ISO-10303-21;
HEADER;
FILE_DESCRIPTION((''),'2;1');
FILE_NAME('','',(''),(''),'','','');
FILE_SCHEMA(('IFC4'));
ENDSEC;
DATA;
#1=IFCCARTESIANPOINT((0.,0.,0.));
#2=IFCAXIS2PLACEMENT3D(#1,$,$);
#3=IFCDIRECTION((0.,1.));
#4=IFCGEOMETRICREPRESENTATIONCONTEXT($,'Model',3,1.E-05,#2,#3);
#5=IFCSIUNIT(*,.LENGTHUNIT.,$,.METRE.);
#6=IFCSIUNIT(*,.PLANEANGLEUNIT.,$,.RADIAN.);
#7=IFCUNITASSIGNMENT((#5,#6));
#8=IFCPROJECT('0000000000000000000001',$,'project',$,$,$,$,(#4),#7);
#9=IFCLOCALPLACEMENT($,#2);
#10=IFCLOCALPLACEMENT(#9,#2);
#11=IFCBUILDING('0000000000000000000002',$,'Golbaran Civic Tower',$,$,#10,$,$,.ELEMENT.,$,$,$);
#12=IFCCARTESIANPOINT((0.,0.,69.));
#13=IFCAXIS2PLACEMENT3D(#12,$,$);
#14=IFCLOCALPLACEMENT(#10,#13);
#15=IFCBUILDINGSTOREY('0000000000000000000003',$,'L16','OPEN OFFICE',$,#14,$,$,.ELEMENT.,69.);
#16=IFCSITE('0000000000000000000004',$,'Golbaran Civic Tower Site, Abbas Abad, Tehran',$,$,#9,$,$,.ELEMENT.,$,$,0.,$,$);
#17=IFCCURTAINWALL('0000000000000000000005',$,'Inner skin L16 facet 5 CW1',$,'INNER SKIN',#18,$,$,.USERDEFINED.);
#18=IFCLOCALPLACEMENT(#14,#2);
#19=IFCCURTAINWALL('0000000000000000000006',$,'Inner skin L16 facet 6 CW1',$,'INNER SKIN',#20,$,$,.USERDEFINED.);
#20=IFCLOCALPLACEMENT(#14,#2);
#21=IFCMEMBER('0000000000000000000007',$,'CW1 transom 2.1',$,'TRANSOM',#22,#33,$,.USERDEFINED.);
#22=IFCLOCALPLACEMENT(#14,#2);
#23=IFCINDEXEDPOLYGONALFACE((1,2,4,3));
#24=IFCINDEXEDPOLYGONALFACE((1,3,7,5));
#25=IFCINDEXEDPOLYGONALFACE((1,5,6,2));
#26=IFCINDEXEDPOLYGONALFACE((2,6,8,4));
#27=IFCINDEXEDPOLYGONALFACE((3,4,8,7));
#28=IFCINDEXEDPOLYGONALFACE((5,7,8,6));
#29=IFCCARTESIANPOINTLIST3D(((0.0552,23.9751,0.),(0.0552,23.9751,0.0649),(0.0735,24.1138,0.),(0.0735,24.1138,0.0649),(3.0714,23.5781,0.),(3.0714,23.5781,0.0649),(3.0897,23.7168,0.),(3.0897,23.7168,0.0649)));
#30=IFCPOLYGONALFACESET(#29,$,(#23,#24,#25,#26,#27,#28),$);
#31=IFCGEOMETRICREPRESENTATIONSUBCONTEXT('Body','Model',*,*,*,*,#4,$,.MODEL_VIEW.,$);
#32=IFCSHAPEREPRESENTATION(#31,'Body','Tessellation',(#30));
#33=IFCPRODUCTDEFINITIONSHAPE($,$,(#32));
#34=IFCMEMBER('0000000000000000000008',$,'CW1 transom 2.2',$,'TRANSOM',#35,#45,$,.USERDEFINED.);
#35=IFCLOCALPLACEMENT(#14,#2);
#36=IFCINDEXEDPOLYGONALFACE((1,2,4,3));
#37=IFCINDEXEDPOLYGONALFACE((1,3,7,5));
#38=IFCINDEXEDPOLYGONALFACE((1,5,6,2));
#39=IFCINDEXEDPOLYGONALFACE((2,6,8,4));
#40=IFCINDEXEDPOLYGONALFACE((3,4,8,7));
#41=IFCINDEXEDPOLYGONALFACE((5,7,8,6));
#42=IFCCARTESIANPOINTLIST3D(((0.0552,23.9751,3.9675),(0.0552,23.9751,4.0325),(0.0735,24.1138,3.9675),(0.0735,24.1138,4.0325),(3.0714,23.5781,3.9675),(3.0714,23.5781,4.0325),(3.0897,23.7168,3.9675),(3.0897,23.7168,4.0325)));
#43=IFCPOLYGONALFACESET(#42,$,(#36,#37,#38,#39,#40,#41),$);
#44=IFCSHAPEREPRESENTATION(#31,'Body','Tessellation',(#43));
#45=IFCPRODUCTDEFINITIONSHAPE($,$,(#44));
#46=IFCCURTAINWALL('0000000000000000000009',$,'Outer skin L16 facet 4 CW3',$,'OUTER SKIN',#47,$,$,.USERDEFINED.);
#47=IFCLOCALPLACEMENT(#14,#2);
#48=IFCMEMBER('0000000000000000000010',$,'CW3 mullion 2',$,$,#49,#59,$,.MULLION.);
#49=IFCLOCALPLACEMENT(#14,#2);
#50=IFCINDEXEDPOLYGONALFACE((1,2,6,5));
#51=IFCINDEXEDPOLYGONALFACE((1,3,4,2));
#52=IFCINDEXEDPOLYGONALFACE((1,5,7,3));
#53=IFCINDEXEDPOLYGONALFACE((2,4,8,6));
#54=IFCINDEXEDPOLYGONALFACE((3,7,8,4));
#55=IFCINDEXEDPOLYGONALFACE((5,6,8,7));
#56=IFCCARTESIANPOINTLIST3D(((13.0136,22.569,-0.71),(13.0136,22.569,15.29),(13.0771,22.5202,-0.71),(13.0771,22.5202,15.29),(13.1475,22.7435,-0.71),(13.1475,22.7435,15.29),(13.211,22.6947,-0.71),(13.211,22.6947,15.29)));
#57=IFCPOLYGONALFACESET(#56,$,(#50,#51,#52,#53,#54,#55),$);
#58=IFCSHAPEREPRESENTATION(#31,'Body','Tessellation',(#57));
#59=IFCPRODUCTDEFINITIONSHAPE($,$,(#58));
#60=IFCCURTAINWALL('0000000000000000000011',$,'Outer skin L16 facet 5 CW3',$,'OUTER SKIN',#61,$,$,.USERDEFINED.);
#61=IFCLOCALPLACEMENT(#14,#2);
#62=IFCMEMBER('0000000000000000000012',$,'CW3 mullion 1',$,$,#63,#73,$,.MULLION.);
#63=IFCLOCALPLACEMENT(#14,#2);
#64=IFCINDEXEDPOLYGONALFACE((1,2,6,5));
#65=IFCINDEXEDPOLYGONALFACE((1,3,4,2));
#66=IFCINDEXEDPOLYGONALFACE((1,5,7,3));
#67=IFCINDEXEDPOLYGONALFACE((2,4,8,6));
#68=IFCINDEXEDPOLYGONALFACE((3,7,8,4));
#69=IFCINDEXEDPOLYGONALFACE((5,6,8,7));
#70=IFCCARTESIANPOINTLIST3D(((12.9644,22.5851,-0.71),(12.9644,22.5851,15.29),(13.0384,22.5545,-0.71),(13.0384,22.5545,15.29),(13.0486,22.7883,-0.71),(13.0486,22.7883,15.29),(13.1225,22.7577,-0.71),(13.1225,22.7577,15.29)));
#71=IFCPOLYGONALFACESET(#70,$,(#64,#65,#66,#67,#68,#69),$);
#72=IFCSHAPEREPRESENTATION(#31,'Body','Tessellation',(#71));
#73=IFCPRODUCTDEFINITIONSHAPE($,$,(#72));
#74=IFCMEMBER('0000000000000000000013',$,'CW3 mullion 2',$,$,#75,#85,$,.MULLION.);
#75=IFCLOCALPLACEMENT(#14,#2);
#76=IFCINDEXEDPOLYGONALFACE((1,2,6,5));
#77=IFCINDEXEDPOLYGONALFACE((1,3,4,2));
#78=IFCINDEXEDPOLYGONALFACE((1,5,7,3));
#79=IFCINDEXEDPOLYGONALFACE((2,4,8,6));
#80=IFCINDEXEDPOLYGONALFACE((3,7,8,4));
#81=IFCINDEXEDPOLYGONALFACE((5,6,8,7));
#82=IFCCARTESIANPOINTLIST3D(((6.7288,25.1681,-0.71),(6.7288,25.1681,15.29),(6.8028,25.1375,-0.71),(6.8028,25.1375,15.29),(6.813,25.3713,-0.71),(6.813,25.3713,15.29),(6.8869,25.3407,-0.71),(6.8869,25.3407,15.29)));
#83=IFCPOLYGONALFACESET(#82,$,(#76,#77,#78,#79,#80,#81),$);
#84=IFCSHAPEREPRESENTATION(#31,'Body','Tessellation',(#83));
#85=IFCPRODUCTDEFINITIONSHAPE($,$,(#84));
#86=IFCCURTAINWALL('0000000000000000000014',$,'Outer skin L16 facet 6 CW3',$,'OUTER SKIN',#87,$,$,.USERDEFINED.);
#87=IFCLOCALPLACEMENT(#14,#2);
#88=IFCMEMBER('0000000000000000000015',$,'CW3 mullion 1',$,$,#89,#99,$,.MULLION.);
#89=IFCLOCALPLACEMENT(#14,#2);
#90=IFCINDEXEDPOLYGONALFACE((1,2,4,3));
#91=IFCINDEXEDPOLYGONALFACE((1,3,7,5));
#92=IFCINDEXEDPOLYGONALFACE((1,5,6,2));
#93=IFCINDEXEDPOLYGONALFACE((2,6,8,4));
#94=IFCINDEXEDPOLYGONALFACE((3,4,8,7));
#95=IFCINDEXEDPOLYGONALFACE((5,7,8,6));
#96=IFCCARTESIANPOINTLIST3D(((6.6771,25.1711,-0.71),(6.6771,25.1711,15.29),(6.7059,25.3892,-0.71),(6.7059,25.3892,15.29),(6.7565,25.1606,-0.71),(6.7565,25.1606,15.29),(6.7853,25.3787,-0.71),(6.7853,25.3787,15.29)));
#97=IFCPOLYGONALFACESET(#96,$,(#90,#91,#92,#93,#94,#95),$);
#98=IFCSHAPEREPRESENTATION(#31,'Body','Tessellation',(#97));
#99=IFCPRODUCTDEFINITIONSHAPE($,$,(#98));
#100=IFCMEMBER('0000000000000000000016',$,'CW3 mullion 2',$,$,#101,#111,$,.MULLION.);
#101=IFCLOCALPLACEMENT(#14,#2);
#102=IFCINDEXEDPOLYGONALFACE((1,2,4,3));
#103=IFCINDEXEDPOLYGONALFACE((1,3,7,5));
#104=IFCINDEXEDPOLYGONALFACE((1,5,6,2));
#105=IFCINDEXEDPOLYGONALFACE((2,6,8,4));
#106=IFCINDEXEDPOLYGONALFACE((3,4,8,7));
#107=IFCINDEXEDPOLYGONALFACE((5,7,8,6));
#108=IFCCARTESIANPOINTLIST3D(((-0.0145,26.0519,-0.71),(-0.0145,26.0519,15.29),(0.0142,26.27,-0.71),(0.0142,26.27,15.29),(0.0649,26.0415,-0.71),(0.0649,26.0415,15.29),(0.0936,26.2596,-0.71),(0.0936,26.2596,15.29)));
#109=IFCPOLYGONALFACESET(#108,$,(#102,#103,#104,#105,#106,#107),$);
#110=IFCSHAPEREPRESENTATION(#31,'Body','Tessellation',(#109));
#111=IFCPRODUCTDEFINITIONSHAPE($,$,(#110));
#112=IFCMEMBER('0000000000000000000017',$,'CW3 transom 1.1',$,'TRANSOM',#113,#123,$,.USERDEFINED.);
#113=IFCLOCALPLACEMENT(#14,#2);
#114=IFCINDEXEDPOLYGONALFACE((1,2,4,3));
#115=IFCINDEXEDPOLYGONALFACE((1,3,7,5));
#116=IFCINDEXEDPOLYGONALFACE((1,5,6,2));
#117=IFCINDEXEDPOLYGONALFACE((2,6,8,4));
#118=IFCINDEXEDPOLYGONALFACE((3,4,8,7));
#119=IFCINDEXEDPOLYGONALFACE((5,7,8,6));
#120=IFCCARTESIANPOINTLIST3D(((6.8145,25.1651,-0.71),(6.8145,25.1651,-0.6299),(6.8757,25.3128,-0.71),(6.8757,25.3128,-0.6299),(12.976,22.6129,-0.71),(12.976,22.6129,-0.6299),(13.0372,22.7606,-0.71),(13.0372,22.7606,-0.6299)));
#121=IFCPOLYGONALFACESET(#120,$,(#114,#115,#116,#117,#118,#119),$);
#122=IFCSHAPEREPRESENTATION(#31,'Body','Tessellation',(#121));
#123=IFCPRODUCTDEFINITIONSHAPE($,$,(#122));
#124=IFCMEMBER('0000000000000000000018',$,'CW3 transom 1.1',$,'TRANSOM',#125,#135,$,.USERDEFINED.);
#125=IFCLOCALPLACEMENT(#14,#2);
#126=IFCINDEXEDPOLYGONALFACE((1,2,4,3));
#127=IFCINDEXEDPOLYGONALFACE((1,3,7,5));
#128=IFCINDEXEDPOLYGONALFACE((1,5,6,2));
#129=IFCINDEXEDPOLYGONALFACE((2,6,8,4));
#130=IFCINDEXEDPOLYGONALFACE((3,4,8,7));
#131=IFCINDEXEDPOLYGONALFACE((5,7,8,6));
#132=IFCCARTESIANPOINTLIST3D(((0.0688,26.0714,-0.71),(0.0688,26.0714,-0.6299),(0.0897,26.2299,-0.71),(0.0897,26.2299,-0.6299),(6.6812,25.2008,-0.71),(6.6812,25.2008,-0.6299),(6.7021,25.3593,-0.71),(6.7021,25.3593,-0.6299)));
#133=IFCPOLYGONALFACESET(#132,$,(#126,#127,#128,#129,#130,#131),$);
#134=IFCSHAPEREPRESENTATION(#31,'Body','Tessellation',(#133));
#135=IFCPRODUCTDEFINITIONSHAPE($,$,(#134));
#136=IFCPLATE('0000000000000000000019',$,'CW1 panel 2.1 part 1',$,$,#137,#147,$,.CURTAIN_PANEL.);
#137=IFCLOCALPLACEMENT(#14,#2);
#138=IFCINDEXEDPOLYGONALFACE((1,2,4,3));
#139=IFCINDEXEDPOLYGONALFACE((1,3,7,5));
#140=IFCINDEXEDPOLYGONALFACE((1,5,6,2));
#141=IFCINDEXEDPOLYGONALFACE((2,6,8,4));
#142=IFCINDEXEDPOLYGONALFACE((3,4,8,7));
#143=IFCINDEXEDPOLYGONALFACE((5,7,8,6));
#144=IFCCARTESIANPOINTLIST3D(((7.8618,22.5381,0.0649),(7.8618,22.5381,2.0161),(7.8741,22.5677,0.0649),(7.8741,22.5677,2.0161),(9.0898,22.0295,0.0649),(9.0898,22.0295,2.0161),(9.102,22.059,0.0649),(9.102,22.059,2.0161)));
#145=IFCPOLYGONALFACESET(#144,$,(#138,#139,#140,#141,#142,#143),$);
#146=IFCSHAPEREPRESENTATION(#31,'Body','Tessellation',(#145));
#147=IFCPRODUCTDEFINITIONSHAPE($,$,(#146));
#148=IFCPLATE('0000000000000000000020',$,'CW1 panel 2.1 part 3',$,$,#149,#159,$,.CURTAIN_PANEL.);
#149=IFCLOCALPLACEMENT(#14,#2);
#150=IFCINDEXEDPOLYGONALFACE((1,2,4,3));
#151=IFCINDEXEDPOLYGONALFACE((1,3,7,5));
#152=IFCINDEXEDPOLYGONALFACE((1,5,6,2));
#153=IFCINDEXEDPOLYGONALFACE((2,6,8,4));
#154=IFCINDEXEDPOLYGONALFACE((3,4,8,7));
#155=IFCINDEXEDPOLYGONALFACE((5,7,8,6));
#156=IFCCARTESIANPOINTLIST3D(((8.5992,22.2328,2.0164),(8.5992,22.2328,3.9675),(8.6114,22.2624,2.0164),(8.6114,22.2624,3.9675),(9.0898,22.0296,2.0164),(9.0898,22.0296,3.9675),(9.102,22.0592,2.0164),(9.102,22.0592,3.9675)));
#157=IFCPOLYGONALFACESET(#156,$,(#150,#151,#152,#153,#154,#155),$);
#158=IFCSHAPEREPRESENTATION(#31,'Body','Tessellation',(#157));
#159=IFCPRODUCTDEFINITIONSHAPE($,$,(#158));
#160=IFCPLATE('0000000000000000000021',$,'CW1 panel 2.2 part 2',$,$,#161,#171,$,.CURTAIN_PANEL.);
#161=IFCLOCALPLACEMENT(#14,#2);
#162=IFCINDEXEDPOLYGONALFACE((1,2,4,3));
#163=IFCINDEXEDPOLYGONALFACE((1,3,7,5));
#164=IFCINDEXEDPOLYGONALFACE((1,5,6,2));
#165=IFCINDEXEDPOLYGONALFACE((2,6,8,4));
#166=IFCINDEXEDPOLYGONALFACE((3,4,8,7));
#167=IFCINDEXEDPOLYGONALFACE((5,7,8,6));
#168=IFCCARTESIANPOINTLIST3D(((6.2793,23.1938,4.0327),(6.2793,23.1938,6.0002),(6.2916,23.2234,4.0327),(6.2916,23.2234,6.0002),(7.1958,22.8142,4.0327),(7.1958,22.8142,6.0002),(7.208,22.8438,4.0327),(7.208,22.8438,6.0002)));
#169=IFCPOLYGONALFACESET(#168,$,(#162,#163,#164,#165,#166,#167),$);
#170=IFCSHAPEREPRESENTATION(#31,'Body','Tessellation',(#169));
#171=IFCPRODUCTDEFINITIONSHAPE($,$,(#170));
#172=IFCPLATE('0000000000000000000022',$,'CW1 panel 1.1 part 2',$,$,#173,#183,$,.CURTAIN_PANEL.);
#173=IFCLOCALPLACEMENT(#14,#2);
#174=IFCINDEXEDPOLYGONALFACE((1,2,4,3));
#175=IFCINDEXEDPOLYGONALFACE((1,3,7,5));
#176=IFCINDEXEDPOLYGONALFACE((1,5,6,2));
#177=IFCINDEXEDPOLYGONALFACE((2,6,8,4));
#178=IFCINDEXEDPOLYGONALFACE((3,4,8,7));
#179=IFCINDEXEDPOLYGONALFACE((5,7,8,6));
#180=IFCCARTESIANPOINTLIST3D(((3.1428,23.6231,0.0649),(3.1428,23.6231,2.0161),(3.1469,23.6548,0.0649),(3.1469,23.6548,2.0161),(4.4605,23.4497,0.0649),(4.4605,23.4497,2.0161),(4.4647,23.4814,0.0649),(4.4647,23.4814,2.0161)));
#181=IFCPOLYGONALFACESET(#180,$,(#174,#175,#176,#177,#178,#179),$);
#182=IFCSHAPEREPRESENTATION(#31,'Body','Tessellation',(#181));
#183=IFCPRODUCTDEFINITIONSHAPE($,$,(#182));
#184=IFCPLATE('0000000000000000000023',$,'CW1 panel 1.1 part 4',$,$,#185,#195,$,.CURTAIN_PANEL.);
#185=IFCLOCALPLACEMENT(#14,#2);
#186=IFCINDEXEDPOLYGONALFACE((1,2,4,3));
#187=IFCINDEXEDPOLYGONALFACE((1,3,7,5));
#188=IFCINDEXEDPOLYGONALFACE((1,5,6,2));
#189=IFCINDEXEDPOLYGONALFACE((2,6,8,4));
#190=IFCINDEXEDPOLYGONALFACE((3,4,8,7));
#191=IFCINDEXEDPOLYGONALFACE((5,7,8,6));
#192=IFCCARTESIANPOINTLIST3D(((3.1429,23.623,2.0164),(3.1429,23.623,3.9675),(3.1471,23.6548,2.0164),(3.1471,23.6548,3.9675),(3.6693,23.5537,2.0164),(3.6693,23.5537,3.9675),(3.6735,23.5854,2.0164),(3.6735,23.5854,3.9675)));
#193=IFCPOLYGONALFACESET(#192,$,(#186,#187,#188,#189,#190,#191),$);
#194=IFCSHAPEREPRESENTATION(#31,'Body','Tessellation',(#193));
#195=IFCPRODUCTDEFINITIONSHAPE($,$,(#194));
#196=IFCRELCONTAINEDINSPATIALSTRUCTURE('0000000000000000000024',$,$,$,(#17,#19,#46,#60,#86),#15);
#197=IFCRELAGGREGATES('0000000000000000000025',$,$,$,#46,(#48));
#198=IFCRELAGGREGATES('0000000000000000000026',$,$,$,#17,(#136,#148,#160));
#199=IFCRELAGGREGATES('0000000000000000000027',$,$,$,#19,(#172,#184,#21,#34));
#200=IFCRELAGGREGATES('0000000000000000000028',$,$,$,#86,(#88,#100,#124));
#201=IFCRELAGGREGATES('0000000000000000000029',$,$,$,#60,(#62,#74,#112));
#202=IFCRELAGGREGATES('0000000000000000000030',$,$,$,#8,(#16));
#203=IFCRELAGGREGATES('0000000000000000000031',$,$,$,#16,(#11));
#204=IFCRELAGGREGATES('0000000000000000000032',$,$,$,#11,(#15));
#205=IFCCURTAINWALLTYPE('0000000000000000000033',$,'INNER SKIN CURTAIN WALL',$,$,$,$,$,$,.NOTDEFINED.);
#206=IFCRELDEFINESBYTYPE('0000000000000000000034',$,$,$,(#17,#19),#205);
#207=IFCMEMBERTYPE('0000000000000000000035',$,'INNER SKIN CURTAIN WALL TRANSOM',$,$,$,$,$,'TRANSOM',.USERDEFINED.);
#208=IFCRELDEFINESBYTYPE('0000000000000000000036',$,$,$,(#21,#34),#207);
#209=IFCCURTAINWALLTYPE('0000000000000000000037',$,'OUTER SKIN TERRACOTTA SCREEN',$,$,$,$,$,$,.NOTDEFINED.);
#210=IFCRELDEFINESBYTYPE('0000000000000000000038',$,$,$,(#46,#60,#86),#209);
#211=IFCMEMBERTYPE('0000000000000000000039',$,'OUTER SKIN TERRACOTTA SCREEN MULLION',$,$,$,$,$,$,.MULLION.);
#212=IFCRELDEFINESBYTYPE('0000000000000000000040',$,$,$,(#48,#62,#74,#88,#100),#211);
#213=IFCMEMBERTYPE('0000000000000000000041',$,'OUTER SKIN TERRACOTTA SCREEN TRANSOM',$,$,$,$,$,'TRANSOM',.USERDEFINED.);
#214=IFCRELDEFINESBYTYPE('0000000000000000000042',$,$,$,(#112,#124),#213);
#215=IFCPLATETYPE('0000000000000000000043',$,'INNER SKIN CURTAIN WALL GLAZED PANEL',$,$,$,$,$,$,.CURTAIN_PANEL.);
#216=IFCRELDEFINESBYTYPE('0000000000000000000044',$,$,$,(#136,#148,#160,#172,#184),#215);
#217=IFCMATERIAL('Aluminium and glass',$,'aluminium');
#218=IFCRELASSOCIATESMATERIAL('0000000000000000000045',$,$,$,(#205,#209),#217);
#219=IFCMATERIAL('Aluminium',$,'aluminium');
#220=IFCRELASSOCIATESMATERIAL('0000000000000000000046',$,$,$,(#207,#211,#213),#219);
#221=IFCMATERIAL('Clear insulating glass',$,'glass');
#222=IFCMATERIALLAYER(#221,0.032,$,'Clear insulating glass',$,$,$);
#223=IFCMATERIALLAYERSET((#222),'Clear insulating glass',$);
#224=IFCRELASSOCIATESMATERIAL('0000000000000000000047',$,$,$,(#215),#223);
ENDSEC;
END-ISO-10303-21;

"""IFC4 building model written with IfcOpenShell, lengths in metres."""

from ifc_helpers import new_model, si_unit, direction, frame, origin, origin_2d, place, context, subcontext, project, spatial, rectangle, extrude, material, layer, layer_set, material_profile, profile_set, type_object, element, aggregate, save


model = new_model("IFC4")

# Units and contexts
model_context = context("Model", 3, precision=1e-05, world=origin(), true_north=direction((0.0, 1.0)))
body_context = subcontext(model_context, "Body", "Model", "MODEL_VIEW")
ifc_project = project(units=[si_unit("LENGTHUNIT", "METRE"), si_unit("PLANEANGLEUNIT", "RADIAN")], contexts=[model_context])

# Site, building, storey
site_placement = place(None, origin())
site = spatial("IfcSite", under=ifc_project, at=site_placement, Name="Golbaran Civic Tower Site, Abbas Abad, Tehran", CompositionType="ELEMENT", RefElevation=0.0)
building_placement = place(site_placement, origin())
building = spatial("IfcBuilding", under=site, at=building_placement, Name="Golbaran Civic Tower", CompositionType="ELEMENT")
storey_placement = place(building_placement, frame((0.0, 0.0, 69.0)))
storey = spatial("IfcBuildingStorey", under=building, at=storey_placement, Name="L16", Description="OPEN OFFICE", CompositionType="ELEMENT", Elevation=69.0)

# Curtain wall
ifc_material_1 = material(Name="Aluminium and glass", Category="aluminium")
curtain_wall_type_1 = type_object("IfcCurtainWallType", Name="INNER SKIN CURTAIN WALL", PredefinedType="NOTDEFINED", material=ifc_material_1)
curtain_wall_1_placement = place(storey_placement, origin())
curtain_wall_1 = element("IfcCurtainWall", 1, at=curtain_wall_1_placement, inside=storey, type_object=curtain_wall_type_1, Name="Inner skin L16 facet 5 CW1", ObjectType="INNER SKIN", PredefinedType="USERDEFINED")
ifc_material_2 = material(Name="Aluminium", Category="aluminium")

# Curtain wall, members
curtain_wall_2_placement = place(storey_placement, origin())
curtain_wall_2 = element("IfcCurtainWall", 2, at=curtain_wall_2_placement, inside=storey, type_object=curtain_wall_type_1, Name="Inner skin L16 facet 6 CW1", ObjectType="INNER SKIN", PredefinedType="USERDEFINED")
ifc_material_profile_1 = material_profile(ifc_material_2, rectangle(XDim=0.1399, YDim=0.0649, at=origin_2d()), Name="INNER SKIN CURTAIN WALL TRANSOM")
ifc_profile_set_1 = profile_set([ifc_material_profile_1], Name="Aluminium")
member_type_1 = type_object("IfcMemberType", Name="INNER SKIN CURTAIN WALL TRANSOM", ElementType="TRANSOM", PredefinedType="USERDEFINED", material=ifc_profile_set_1)
member_1_placement = place(storey_placement, frame((3.0806, 23.6475, 0.0325), z_axis=(-0.991449, 0.130492, 0.0), x_axis=(-0.130492, -0.991449, 0.0)))
member_1 = element("IfcMember", 3, at=member_1_placement, type_object=member_type_1, Name="CW1 transom 2.1", ObjectType="TRANSOM", PredefinedType="USERDEFINED", context=body_context, shape_type="SweptSolid", body=[
    extrude(rectangle(XDim=0.1399, YDim=0.0649, at=origin_2d()), origin(), (0.0, 0.0, 1.0), 3.0422),
])
member_2_placement = place(storey_placement, frame((3.0806, 23.6475, 4.0), z_axis=(-0.991449, 0.130492, 0.0), x_axis=(-0.130492, -0.991449, 0.0)))
member_2 = element("IfcMember", 4, at=member_2_placement, type_object=member_type_1, Name="CW1 transom 2.2", ObjectType="TRANSOM", PredefinedType="USERDEFINED", context=body_context, shape_type="SweptSolid", body=[
    extrude(rectangle(XDim=0.1399, YDim=0.0649, at=origin_2d()), origin(), (0.0, 0.0, 1.0), 3.0422),
])

# Curtain wall, member
curtain_wall_type_2 = type_object("IfcCurtainWallType", Name="OUTER SKIN TERRACOTTA SCREEN", PredefinedType="NOTDEFINED", material=ifc_material_1)
curtain_wall_3_placement = place(storey_placement, origin())
curtain_wall_3 = element("IfcCurtainWall", 5, at=curtain_wall_3_placement, inside=storey, type_object=curtain_wall_type_2, Name="Outer skin L16 facet 4 CW3", ObjectType="OUTER SKIN", PredefinedType="USERDEFINED")
ifc_material_profile_2 = material_profile(ifc_material_2, rectangle(XDim=0.22, YDim=0.0801, at=origin_2d()), Name="OUTER SKIN TERRACOTTA SCREEN MULLION")
ifc_profile_set_2 = profile_set([ifc_material_profile_2], Name="Aluminium")
member_type_2 = type_object("IfcMemberType", Name="OUTER SKIN TERRACOTTA SCREEN MULLION", PredefinedType="MULLION", material=ifc_profile_set_2)
member_3_placement = place(storey_placement, frame((13.1123, 22.6318, -0.71), z_axis=(0.0, 0.0, 1.0), x_axis=(-0.608761, -0.793353, 0.0)))
member_3 = element("IfcMember", 6, at=member_3_placement, type_object=member_type_2, Name="CW3 mullion 2", PredefinedType="MULLION", context=body_context, shape_type="SweptSolid", body=[
    extrude(rectangle(XDim=0.22, YDim=0.0801, at=origin_2d()), origin(), (0.0, 0.0, 1.0), 16.0),
])
aggregate(curtain_wall_3, [member_3])

# Curtain walls, members
curtain_wall_4_placement = place(storey_placement, origin())
curtain_wall_4 = element("IfcCurtainWall", 7, at=curtain_wall_4_placement, inside=storey, type_object=curtain_wall_type_2, Name="Outer skin L16 facet 5 CW3", ObjectType="OUTER SKIN", PredefinedType="USERDEFINED")
member_4_placement = place(storey_placement, frame((13.0435, 22.6714, -0.71), z_axis=(0.0, 0.0, 1.0), x_axis=(-0.382683, -0.92388, 0.0)))
member_4 = element("IfcMember", 8, at=member_4_placement, type_object=member_type_2, Name="CW3 mullion 1", PredefinedType="MULLION", context=body_context, shape_type="SweptSolid", body=[
    extrude(rectangle(XDim=0.22, YDim=0.0801, at=origin_2d()), origin(), (0.0, 0.0, 1.0), 16.0),
])
member_5_placement = place(storey_placement, frame((6.8079, 25.2544, -0.71), z_axis=(0.0, 0.0, 1.0), x_axis=(-0.382683, -0.92388, 0.0)))
member_5 = element("IfcMember", 9, at=member_5_placement, type_object=member_type_2, Name="CW3 mullion 2", PredefinedType="MULLION", context=body_context, shape_type="SweptSolid", body=[
    extrude(rectangle(XDim=0.22, YDim=0.0801, at=origin_2d()), origin(), (0.0, 0.0, 1.0), 16.0),
])
curtain_wall_5_placement = place(storey_placement, origin())
curtain_wall_5 = element("IfcCurtainWall", 10, at=curtain_wall_5_placement, inside=storey, type_object=curtain_wall_type_2, Name="Outer skin L16 facet 6 CW3", ObjectType="OUTER SKIN", PredefinedType="USERDEFINED")
member_6_placement = place(storey_placement, frame((6.7312, 25.2749, -0.71), z_axis=(0.0, 0.0, 1.0), x_axis=(-0.130526, -0.991445, 0.0)))
member_6 = element("IfcMember", 11, at=member_6_placement, type_object=member_type_2, Name="CW3 mullion 1", PredefinedType="MULLION", context=body_context, shape_type="SweptSolid", body=[
    extrude(rectangle(XDim=0.22, YDim=0.0801, at=origin_2d()), origin(), (0.0, 0.0, 1.0), 16.0),
])
member_7_placement = place(storey_placement, frame((0.0396, 26.1558, -0.71), z_axis=(0.0, 0.0, 1.0), x_axis=(-0.130526, -0.991445, 0.0)))
member_7 = element("IfcMember", 12, at=member_7_placement, type_object=member_type_2, Name="CW3 mullion 2", PredefinedType="MULLION", context=body_context, shape_type="SweptSolid", body=[
    extrude(rectangle(XDim=0.22, YDim=0.0801, at=origin_2d()), origin(), (0.0, 0.0, 1.0), 16.0),
])

# Members
ifc_material_profile_3 = material_profile(ifc_material_2, rectangle(XDim=0.1599, YDim=0.0801, at=origin_2d()), Name="OUTER SKIN TERRACOTTA SCREEN TRANSOM")
ifc_profile_set_3 = profile_set([ifc_material_profile_3], Name="Aluminium")
member_type_3 = type_object("IfcMemberType", Name="OUTER SKIN TERRACOTTA SCREEN TRANSOM", ElementType="TRANSOM", PredefinedType="USERDEFINED", material=ifc_profile_set_3)
member_8_placement = place(storey_placement, frame((13.0066, 22.6868, -0.6699), z_axis=(-0.923879, 0.382686, 0.0), x_axis=(-0.382686, -0.923879, 0.0)))
member_8 = element("IfcMember", 13, at=member_8_placement, type_object=member_type_3, Name="CW3 transom 1.1", ObjectType="TRANSOM", PredefinedType="USERDEFINED", context=body_context, shape_type="SweptSolid", body=[
    extrude(rectangle(XDim=0.1599, YDim=0.0801, at=origin_2d()), origin(), (0.0, 0.0, 1.0), 6.6692),
])
member_9_placement = place(storey_placement, frame((6.6917, 25.28, -0.6699), z_axis=(-0.991443, 0.130538, 0.0), x_axis=(-0.130538, -0.991443, 0.0)))
member_9 = element("IfcMember", 14, at=member_9_placement, type_object=member_type_3, Name="CW3 transom 1.1", ObjectType="TRANSOM", PredefinedType="USERDEFINED", context=body_context, shape_type="SweptSolid", body=[
    extrude(rectangle(XDim=0.1599, YDim=0.0801, at=origin_2d()), origin(), (0.0, 0.0, 1.0), 6.6694),
])

# Plates
ifc_material_3 = material(Name="Clear insulating glass", Category="glass")
ifc_layer_1 = layer(ifc_material_3, 0.032, Name="Clear insulating glass")
ifc_layer_set_1 = layer_set([ifc_layer_1], Name="Clear insulating glass")
plate_type_1 = type_object("IfcPlateType", Name="INNER SKIN CURTAIN WALL GLAZED PANEL", PredefinedType="CURTAIN_PANEL", material=ifc_layer_set_1)
plate_1_placement = place(storey_placement, frame((8.4819, 22.2986, 0.0649), z_axis=(0.0, 0.0, 1.0), x_axis=(-0.92388, 0.382683, 0.0)))
plate_1 = element("IfcPlate", 15, at=plate_1_placement, type_object=plate_type_1, Name="CW1 panel 2.1 part 1", PredefinedType="CURTAIN_PANEL", context=body_context, shape_type="SweptSolid", body=[
    extrude(rectangle(XDim=1.3291, YDim=0.032, at=origin_2d()), origin(), (0.0, 0.0, 1.0), 1.9512),
])
plate_2_placement = place(storey_placement, frame((8.8506, 22.146, 2.0164), z_axis=(0.0, 0.0, 1.0), x_axis=(-0.92388, 0.382683, 0.0)))
plate_2 = element("IfcPlate", 16, at=plate_2_placement, type_object=plate_type_1, Name="CW1 panel 2.1 part 3", PredefinedType="CURTAIN_PANEL", context=body_context, shape_type="SweptSolid", body=[
    extrude(rectangle(XDim=0.531, YDim=0.032, at=origin_2d()), origin(), (0.0, 0.0, 1.0), 1.9512),
])
plate_3_placement = place(storey_placement, frame((6.7437, 23.0188, 4.0327), z_axis=(0.0, 0.0, 1.0), x_axis=(-0.92388, 0.382683, 0.0)))
plate_3 = element("IfcPlate", 17, at=plate_3_placement, type_object=plate_type_1, Name="CW1 panel 2.2 part 2", PredefinedType="CURTAIN_PANEL", context=body_context, shape_type="SweptSolid", body=[
    extrude(rectangle(XDim=0.9919, YDim=0.032, at=origin_2d()), origin(), (0.0, 0.0, 1.0), 1.9675),
])
plate_4_placement = place(storey_placement, frame((3.8037, 23.5522, 0.0649), z_axis=(0.0, 0.0, 1.0), x_axis=(-0.991445, 0.130526, 0.0)))
plate_4 = element("IfcPlate", 18, at=plate_4_placement, type_object=plate_type_1, Name="CW1 panel 1.1 part 2", PredefinedType="CURTAIN_PANEL", context=body_context, shape_type="SweptSolid", body=[
    extrude(rectangle(XDim=1.3291, YDim=0.032, at=origin_2d()), origin(), (0.0, 0.0, 1.0), 1.9512),
])
plate_5_placement = place(storey_placement, frame((3.4082, 23.6042, 2.0164), z_axis=(0.0, 0.0, 1.0), x_axis=(-0.991445, 0.130526, 0.0)))
plate_5 = element("IfcPlate", 19, at=plate_5_placement, type_object=plate_type_1, Name="CW1 panel 1.1 part 4", PredefinedType="CURTAIN_PANEL", context=body_context, shape_type="SweptSolid", body=[
    extrude(rectangle(XDim=0.531, YDim=0.032, at=origin_2d()), origin(), (0.0, 0.0, 1.0), 1.9512),
])
aggregate(curtain_wall_1, [plate_1, plate_2, plate_3])
aggregate(curtain_wall_2, [plate_4, plate_5, member_1, member_2])
aggregate(curtain_wall_5, [member_6, member_7, member_9])
aggregate(curtain_wall_4, [member_4, member_5, member_8])

save(model, "model.ifc")
